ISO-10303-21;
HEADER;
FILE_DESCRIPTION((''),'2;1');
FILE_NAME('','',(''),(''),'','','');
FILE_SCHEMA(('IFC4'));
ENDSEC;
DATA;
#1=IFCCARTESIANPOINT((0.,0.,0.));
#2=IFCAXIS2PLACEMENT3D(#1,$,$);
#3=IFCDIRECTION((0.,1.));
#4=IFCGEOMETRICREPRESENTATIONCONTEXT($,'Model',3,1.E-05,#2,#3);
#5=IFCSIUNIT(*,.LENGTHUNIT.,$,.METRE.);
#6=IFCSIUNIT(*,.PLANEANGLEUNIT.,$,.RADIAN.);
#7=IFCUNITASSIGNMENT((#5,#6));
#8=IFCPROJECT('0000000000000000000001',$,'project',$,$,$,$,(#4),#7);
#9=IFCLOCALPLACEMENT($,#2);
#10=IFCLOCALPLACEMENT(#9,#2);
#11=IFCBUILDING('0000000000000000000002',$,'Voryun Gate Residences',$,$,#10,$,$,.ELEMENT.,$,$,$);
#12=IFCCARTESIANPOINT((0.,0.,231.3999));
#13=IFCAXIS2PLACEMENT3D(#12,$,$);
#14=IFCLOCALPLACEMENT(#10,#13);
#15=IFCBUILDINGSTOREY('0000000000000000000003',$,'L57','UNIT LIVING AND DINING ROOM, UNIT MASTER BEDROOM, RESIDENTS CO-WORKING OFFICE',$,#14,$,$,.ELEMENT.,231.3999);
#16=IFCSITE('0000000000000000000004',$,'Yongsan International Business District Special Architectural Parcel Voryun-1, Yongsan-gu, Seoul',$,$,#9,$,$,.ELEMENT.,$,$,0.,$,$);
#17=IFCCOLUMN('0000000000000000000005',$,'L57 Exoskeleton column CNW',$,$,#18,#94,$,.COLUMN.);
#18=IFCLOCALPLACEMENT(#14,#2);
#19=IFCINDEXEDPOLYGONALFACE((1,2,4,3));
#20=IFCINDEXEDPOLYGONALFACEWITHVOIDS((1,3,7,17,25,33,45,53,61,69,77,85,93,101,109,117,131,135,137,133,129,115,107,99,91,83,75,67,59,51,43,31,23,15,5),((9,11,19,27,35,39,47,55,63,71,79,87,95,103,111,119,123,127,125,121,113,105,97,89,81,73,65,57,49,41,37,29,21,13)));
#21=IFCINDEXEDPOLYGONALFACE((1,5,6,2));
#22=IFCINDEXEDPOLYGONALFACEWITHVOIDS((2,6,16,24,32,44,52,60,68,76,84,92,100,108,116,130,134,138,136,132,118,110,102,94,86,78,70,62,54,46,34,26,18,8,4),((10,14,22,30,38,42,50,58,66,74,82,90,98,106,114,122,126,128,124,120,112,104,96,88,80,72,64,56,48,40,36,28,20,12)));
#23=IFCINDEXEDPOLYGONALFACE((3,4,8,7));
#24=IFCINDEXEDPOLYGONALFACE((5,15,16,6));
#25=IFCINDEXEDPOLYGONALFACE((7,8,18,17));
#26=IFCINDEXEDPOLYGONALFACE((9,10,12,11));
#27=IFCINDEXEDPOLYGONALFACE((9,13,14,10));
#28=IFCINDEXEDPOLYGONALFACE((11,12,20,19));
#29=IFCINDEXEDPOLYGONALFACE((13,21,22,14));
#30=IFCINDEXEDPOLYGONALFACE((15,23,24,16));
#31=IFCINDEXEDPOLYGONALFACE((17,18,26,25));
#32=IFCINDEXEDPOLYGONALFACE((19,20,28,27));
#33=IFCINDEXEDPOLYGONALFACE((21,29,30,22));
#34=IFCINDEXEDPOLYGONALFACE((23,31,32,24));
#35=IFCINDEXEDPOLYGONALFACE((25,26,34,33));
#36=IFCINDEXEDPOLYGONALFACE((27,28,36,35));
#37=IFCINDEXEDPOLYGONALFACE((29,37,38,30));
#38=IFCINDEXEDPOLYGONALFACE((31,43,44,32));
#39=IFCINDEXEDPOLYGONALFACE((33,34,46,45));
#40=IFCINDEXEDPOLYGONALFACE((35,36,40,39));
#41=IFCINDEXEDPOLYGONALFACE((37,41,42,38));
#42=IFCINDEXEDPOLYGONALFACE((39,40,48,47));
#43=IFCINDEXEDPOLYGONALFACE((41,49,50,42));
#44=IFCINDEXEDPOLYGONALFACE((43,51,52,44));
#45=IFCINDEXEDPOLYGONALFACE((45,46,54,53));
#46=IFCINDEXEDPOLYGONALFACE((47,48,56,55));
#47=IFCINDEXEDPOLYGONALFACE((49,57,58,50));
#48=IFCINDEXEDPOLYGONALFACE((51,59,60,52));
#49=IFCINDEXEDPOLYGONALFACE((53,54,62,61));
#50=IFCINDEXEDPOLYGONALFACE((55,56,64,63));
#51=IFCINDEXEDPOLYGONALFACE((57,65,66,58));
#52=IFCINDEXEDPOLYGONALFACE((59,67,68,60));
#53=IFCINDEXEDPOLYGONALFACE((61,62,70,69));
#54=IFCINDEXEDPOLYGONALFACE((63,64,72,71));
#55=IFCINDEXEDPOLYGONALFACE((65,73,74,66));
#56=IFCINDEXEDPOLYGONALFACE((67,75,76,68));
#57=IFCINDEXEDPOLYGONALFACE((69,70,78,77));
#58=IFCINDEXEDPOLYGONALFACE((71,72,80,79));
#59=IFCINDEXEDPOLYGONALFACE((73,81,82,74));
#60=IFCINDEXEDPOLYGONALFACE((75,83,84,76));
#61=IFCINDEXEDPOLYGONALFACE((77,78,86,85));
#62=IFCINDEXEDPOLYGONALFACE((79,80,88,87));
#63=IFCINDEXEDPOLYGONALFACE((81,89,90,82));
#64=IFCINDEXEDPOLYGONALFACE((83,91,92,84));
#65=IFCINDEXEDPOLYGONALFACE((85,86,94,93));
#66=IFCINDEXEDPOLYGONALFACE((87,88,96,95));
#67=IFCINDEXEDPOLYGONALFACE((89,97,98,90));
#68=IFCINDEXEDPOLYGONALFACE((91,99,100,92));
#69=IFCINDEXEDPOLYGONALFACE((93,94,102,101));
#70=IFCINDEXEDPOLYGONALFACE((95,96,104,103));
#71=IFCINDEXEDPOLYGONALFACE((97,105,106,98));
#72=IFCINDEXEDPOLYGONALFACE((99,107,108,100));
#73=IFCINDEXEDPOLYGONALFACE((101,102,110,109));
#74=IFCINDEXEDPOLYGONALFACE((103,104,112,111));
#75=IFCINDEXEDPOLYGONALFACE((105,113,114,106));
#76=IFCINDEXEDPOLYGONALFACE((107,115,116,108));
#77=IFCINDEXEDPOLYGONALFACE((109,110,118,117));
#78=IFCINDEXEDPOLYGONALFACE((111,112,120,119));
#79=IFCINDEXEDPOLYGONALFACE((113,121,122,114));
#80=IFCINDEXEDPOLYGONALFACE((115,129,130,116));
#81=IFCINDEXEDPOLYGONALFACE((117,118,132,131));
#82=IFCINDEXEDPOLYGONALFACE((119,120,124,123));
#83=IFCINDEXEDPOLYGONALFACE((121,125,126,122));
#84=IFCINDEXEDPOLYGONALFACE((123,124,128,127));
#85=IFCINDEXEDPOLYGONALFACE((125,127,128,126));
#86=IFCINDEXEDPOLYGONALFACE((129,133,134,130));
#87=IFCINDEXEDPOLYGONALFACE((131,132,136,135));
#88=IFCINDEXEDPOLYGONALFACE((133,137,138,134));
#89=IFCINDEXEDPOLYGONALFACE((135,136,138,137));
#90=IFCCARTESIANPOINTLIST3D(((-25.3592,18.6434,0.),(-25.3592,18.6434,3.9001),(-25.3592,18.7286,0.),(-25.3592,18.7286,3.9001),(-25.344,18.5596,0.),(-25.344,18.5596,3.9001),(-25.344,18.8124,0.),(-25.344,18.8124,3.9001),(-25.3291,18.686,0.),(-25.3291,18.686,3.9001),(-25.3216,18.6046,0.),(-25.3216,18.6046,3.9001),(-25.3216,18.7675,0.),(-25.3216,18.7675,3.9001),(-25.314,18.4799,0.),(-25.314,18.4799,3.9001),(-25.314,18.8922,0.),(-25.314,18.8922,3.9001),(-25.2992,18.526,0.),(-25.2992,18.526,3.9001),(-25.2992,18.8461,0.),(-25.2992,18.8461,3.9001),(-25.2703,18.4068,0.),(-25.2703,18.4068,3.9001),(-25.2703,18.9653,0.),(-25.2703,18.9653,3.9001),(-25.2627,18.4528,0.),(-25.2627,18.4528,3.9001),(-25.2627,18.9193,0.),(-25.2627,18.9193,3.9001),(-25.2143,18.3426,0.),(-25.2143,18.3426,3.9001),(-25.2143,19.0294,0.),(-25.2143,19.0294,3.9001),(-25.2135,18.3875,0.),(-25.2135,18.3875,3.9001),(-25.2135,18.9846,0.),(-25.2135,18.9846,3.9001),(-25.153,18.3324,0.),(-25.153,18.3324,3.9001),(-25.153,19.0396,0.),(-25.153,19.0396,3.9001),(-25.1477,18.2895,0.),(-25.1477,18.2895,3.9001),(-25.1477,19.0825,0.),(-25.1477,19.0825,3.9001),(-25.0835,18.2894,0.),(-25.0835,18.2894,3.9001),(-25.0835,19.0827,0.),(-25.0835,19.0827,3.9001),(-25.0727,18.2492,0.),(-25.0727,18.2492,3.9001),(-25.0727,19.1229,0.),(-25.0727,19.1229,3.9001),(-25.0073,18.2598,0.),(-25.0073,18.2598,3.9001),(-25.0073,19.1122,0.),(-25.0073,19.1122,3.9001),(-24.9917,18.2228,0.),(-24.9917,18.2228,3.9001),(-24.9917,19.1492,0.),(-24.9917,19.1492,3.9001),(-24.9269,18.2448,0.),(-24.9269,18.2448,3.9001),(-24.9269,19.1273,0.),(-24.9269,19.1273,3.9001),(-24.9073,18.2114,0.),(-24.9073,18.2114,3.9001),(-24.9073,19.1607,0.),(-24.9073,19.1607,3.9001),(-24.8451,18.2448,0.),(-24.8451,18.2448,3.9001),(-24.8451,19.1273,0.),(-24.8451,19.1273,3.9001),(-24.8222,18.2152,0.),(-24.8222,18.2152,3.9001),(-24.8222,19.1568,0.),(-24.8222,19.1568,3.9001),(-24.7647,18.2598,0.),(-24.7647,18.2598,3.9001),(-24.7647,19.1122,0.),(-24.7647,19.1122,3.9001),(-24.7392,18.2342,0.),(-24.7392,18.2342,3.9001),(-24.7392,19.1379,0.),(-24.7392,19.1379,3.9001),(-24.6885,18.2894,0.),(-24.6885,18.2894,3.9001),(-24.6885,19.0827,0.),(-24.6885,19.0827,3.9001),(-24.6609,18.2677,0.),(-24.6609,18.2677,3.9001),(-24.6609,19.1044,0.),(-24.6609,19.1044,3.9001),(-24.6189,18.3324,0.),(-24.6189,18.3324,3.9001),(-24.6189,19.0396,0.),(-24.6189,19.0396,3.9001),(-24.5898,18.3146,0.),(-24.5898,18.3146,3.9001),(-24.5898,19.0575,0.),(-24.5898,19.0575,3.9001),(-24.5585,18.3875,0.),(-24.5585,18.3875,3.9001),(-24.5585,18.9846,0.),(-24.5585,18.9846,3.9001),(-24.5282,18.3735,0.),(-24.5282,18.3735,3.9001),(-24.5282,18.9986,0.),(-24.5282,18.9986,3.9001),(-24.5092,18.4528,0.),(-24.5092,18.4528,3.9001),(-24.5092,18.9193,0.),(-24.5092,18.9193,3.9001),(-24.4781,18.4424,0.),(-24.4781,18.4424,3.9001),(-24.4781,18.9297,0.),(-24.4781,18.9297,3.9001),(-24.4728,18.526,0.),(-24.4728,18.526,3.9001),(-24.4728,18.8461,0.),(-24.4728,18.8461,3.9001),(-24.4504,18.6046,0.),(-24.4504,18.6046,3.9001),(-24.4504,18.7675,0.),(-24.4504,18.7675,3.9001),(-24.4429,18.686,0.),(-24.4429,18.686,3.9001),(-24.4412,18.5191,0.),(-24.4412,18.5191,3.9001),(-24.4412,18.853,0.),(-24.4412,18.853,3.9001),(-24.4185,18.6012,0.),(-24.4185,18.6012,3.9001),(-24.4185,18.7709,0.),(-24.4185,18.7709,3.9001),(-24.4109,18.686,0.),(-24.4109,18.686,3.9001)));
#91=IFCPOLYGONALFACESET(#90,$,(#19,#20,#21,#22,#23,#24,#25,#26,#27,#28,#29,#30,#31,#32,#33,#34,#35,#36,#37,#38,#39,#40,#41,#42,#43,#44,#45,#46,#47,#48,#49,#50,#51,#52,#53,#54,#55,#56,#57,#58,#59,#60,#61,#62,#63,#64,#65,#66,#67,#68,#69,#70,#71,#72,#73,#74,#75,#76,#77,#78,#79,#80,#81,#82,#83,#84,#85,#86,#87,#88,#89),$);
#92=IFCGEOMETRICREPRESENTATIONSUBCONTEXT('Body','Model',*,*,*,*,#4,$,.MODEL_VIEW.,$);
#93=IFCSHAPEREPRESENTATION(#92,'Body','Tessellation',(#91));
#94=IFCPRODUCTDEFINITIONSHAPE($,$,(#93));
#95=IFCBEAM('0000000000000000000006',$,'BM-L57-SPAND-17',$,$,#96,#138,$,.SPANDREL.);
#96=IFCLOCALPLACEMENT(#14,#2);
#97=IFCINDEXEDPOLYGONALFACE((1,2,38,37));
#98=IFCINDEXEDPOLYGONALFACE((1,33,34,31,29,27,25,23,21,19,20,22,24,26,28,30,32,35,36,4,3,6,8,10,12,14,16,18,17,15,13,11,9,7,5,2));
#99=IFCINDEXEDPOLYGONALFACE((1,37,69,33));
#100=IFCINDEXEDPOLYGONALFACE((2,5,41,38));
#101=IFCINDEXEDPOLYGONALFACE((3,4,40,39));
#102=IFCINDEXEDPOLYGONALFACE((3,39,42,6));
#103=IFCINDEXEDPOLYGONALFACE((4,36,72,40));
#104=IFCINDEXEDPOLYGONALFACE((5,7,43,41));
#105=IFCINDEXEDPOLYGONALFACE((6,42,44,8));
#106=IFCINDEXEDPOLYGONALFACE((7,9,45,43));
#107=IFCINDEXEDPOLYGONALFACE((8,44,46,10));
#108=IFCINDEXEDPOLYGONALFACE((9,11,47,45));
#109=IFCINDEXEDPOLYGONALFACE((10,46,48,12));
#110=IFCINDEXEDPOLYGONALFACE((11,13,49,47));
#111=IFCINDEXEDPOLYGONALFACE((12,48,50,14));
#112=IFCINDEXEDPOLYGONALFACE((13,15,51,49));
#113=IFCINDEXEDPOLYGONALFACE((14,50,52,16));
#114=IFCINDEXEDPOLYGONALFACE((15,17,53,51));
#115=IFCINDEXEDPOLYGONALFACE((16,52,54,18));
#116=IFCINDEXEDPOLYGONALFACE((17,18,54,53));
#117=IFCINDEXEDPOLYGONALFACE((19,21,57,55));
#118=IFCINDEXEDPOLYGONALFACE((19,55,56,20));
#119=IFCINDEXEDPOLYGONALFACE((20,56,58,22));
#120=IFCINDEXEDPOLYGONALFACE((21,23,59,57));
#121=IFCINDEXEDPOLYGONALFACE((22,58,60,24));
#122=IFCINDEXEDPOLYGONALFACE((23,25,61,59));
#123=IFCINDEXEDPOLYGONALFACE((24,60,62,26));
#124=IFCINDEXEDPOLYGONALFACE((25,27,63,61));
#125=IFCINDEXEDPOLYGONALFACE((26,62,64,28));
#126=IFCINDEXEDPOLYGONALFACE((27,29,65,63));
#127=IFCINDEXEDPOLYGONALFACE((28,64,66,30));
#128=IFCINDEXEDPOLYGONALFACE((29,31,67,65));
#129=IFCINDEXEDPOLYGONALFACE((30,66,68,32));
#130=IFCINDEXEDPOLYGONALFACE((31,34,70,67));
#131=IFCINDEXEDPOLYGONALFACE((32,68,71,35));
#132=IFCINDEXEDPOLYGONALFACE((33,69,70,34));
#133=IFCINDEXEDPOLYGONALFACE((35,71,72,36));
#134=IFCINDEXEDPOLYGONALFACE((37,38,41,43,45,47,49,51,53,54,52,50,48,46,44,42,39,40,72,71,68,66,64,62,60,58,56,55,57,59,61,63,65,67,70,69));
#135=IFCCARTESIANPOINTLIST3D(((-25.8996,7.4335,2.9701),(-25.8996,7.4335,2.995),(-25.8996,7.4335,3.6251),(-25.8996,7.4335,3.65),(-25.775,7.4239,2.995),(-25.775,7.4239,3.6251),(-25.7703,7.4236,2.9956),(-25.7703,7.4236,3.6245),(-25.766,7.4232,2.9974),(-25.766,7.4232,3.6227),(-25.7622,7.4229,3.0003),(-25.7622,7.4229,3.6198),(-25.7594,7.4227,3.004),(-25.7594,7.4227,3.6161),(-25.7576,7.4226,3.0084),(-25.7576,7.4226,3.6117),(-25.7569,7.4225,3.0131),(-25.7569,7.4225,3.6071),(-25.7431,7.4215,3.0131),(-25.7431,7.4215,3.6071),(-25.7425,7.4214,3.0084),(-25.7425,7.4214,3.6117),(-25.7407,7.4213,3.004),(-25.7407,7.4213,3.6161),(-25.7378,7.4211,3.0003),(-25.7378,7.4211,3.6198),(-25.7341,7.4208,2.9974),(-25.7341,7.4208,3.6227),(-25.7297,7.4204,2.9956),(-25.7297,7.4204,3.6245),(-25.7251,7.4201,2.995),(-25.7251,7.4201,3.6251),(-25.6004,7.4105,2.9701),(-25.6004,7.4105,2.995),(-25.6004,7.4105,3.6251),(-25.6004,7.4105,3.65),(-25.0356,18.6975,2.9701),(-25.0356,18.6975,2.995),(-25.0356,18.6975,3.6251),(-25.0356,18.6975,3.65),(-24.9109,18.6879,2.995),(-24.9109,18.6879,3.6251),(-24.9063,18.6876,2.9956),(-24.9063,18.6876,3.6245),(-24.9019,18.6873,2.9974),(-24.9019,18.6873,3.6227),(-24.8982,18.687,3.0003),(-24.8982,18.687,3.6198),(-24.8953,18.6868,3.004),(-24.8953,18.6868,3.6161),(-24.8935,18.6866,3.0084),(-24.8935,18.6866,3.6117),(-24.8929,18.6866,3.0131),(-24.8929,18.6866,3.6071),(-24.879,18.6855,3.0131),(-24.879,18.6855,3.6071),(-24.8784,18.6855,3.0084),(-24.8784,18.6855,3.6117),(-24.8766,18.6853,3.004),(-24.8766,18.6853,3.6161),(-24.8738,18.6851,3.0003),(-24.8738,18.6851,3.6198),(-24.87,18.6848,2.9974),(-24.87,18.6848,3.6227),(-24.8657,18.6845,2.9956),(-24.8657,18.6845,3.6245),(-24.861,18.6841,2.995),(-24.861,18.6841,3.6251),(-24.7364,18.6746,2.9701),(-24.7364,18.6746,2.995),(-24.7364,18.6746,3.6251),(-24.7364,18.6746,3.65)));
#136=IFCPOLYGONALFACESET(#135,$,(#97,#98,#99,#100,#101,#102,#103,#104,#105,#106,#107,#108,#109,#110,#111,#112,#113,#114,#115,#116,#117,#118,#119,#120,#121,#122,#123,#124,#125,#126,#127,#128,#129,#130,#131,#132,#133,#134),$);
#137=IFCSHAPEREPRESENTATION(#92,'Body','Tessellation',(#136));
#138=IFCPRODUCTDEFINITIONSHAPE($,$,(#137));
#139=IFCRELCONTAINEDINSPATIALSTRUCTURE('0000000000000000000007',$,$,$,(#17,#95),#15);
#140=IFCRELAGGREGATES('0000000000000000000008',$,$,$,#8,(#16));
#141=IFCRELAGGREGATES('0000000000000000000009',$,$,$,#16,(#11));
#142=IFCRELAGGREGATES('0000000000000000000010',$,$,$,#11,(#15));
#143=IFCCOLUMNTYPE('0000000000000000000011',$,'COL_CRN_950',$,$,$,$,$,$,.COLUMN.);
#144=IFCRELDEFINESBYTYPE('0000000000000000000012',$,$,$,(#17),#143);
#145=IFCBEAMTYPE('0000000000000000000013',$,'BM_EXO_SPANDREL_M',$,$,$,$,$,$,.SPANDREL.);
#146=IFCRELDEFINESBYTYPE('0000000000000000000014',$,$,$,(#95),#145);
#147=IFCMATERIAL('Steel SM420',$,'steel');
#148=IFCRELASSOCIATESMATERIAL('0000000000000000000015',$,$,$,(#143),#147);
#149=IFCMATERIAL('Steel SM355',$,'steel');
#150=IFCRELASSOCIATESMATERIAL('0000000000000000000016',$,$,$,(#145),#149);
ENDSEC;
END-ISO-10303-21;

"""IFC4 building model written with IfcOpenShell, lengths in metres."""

from ifc_helpers import new_model, si_unit, direction, frame, origin, origin_2d, place, context, subcontext, project, spatial, hollow_circle, i_section, extrude, material, material_profile, profile_set, type_object, element, save


model = new_model("IFC4")

# Units and contexts
model_context = context("Model", 3, precision=1e-05, world=origin(), true_north=direction((0.0, 1.0)))
body_context = subcontext(model_context, "Body", "Model", "MODEL_VIEW")
ifc_project = project(units=[si_unit("LENGTHUNIT", "METRE"), si_unit("PLANEANGLEUNIT", "RADIAN")], contexts=[model_context])

# Site, building, storey
site_placement = place(None, origin())
site = spatial("IfcSite", under=ifc_project, at=site_placement, Name="Yongsan International Business District Special Architectural Parcel Voryun-1, Yongsan-gu, Seoul", CompositionType="ELEMENT", RefElevation=0.0)
building_placement = place(site_placement, origin())
building = spatial("IfcBuilding", under=site, at=building_placement, Name="Voryun Gate Residences", CompositionType="ELEMENT")
storey_placement = place(building_placement, frame((0.0, 0.0, 231.3999)))
storey = spatial("IfcBuildingStorey", under=building, at=storey_placement, Name="L57", Description="UNIT LIVING AND DINING ROOM, UNIT MASTER BEDROOM, RESIDENTS CO-WORKING OFFICE", CompositionType="ELEMENT", Elevation=231.3999)

# Column
ifc_material_1 = material(Name="Steel SM420", Category="steel")
ifc_material_profile_1 = material_profile(ifc_material_1, hollow_circle(Radius=0.4751, WallThickness=0.032, at=origin_2d()), Name="CHS-950x32")
ifc_profile_set_1 = profile_set([ifc_material_profile_1], Name="Steel SM420")
column_type = type_object("IfcColumnType", Name="COL_CRN_950", PredefinedType="COLUMN", material=ifc_profile_set_1)
column_placement = place(storey_placement, frame((-24.886, 18.686, 0.0), z_axis=(0.0, 0.0, 1.0), x_axis=(1.0, 0.0, 0.0)))
element("IfcColumn", 1, at=column_placement, inside=storey, type_object=column_type, Name="L57 Exoskeleton column CNW", PredefinedType="COLUMN", context=body_context, shape_type="SweptSolid", body=[
    extrude(hollow_circle(Radius=0.4751, WallThickness=0.032, at=origin_2d()), origin(), (0.0, 0.0, 1.0), 3.9001),
])

# Beam
ifc_material_2 = material(Name="Steel SM355", Category="steel")
ifc_material_profile_2 = material_profile(ifc_material_2, i_section(OverallWidth=0.3, OverallDepth=0.6799, WebThickness=0.0139, FlangeThickness=0.0249, FilletRadius=0.0181, at=origin_2d()), Name="H-680x300x14x25")
ifc_profile_set_2 = profile_set([ifc_material_profile_2], Name="Steel SM355")
beam_type = type_object("IfcBeamType", Name="BM_EXO_SPANDREL_M", PredefinedType="SPANDREL", material=ifc_profile_set_2)
beam_placement = place(storey_placement, frame((-24.886, 18.686, 3.3101), z_axis=(-0.076482, -0.997071, 0.0), x_axis=(0.997071, -0.076482, 0.0)))
element("IfcBeam", 2, at=beam_placement, inside=storey, type_object=beam_type, Name="BM-L57-SPAND-17", PredefinedType="SPANDREL", context=body_context, shape_type="SweptSolid", body=[
    extrude(i_section(OverallWidth=0.3, OverallDepth=0.6799, WebThickness=0.0139, FlangeThickness=0.0249, FilletRadius=0.0181, at=origin_2d()), origin(), (0.0, 0.0, 1.0), 11.2971),
])

save(model, "model.ifc")
